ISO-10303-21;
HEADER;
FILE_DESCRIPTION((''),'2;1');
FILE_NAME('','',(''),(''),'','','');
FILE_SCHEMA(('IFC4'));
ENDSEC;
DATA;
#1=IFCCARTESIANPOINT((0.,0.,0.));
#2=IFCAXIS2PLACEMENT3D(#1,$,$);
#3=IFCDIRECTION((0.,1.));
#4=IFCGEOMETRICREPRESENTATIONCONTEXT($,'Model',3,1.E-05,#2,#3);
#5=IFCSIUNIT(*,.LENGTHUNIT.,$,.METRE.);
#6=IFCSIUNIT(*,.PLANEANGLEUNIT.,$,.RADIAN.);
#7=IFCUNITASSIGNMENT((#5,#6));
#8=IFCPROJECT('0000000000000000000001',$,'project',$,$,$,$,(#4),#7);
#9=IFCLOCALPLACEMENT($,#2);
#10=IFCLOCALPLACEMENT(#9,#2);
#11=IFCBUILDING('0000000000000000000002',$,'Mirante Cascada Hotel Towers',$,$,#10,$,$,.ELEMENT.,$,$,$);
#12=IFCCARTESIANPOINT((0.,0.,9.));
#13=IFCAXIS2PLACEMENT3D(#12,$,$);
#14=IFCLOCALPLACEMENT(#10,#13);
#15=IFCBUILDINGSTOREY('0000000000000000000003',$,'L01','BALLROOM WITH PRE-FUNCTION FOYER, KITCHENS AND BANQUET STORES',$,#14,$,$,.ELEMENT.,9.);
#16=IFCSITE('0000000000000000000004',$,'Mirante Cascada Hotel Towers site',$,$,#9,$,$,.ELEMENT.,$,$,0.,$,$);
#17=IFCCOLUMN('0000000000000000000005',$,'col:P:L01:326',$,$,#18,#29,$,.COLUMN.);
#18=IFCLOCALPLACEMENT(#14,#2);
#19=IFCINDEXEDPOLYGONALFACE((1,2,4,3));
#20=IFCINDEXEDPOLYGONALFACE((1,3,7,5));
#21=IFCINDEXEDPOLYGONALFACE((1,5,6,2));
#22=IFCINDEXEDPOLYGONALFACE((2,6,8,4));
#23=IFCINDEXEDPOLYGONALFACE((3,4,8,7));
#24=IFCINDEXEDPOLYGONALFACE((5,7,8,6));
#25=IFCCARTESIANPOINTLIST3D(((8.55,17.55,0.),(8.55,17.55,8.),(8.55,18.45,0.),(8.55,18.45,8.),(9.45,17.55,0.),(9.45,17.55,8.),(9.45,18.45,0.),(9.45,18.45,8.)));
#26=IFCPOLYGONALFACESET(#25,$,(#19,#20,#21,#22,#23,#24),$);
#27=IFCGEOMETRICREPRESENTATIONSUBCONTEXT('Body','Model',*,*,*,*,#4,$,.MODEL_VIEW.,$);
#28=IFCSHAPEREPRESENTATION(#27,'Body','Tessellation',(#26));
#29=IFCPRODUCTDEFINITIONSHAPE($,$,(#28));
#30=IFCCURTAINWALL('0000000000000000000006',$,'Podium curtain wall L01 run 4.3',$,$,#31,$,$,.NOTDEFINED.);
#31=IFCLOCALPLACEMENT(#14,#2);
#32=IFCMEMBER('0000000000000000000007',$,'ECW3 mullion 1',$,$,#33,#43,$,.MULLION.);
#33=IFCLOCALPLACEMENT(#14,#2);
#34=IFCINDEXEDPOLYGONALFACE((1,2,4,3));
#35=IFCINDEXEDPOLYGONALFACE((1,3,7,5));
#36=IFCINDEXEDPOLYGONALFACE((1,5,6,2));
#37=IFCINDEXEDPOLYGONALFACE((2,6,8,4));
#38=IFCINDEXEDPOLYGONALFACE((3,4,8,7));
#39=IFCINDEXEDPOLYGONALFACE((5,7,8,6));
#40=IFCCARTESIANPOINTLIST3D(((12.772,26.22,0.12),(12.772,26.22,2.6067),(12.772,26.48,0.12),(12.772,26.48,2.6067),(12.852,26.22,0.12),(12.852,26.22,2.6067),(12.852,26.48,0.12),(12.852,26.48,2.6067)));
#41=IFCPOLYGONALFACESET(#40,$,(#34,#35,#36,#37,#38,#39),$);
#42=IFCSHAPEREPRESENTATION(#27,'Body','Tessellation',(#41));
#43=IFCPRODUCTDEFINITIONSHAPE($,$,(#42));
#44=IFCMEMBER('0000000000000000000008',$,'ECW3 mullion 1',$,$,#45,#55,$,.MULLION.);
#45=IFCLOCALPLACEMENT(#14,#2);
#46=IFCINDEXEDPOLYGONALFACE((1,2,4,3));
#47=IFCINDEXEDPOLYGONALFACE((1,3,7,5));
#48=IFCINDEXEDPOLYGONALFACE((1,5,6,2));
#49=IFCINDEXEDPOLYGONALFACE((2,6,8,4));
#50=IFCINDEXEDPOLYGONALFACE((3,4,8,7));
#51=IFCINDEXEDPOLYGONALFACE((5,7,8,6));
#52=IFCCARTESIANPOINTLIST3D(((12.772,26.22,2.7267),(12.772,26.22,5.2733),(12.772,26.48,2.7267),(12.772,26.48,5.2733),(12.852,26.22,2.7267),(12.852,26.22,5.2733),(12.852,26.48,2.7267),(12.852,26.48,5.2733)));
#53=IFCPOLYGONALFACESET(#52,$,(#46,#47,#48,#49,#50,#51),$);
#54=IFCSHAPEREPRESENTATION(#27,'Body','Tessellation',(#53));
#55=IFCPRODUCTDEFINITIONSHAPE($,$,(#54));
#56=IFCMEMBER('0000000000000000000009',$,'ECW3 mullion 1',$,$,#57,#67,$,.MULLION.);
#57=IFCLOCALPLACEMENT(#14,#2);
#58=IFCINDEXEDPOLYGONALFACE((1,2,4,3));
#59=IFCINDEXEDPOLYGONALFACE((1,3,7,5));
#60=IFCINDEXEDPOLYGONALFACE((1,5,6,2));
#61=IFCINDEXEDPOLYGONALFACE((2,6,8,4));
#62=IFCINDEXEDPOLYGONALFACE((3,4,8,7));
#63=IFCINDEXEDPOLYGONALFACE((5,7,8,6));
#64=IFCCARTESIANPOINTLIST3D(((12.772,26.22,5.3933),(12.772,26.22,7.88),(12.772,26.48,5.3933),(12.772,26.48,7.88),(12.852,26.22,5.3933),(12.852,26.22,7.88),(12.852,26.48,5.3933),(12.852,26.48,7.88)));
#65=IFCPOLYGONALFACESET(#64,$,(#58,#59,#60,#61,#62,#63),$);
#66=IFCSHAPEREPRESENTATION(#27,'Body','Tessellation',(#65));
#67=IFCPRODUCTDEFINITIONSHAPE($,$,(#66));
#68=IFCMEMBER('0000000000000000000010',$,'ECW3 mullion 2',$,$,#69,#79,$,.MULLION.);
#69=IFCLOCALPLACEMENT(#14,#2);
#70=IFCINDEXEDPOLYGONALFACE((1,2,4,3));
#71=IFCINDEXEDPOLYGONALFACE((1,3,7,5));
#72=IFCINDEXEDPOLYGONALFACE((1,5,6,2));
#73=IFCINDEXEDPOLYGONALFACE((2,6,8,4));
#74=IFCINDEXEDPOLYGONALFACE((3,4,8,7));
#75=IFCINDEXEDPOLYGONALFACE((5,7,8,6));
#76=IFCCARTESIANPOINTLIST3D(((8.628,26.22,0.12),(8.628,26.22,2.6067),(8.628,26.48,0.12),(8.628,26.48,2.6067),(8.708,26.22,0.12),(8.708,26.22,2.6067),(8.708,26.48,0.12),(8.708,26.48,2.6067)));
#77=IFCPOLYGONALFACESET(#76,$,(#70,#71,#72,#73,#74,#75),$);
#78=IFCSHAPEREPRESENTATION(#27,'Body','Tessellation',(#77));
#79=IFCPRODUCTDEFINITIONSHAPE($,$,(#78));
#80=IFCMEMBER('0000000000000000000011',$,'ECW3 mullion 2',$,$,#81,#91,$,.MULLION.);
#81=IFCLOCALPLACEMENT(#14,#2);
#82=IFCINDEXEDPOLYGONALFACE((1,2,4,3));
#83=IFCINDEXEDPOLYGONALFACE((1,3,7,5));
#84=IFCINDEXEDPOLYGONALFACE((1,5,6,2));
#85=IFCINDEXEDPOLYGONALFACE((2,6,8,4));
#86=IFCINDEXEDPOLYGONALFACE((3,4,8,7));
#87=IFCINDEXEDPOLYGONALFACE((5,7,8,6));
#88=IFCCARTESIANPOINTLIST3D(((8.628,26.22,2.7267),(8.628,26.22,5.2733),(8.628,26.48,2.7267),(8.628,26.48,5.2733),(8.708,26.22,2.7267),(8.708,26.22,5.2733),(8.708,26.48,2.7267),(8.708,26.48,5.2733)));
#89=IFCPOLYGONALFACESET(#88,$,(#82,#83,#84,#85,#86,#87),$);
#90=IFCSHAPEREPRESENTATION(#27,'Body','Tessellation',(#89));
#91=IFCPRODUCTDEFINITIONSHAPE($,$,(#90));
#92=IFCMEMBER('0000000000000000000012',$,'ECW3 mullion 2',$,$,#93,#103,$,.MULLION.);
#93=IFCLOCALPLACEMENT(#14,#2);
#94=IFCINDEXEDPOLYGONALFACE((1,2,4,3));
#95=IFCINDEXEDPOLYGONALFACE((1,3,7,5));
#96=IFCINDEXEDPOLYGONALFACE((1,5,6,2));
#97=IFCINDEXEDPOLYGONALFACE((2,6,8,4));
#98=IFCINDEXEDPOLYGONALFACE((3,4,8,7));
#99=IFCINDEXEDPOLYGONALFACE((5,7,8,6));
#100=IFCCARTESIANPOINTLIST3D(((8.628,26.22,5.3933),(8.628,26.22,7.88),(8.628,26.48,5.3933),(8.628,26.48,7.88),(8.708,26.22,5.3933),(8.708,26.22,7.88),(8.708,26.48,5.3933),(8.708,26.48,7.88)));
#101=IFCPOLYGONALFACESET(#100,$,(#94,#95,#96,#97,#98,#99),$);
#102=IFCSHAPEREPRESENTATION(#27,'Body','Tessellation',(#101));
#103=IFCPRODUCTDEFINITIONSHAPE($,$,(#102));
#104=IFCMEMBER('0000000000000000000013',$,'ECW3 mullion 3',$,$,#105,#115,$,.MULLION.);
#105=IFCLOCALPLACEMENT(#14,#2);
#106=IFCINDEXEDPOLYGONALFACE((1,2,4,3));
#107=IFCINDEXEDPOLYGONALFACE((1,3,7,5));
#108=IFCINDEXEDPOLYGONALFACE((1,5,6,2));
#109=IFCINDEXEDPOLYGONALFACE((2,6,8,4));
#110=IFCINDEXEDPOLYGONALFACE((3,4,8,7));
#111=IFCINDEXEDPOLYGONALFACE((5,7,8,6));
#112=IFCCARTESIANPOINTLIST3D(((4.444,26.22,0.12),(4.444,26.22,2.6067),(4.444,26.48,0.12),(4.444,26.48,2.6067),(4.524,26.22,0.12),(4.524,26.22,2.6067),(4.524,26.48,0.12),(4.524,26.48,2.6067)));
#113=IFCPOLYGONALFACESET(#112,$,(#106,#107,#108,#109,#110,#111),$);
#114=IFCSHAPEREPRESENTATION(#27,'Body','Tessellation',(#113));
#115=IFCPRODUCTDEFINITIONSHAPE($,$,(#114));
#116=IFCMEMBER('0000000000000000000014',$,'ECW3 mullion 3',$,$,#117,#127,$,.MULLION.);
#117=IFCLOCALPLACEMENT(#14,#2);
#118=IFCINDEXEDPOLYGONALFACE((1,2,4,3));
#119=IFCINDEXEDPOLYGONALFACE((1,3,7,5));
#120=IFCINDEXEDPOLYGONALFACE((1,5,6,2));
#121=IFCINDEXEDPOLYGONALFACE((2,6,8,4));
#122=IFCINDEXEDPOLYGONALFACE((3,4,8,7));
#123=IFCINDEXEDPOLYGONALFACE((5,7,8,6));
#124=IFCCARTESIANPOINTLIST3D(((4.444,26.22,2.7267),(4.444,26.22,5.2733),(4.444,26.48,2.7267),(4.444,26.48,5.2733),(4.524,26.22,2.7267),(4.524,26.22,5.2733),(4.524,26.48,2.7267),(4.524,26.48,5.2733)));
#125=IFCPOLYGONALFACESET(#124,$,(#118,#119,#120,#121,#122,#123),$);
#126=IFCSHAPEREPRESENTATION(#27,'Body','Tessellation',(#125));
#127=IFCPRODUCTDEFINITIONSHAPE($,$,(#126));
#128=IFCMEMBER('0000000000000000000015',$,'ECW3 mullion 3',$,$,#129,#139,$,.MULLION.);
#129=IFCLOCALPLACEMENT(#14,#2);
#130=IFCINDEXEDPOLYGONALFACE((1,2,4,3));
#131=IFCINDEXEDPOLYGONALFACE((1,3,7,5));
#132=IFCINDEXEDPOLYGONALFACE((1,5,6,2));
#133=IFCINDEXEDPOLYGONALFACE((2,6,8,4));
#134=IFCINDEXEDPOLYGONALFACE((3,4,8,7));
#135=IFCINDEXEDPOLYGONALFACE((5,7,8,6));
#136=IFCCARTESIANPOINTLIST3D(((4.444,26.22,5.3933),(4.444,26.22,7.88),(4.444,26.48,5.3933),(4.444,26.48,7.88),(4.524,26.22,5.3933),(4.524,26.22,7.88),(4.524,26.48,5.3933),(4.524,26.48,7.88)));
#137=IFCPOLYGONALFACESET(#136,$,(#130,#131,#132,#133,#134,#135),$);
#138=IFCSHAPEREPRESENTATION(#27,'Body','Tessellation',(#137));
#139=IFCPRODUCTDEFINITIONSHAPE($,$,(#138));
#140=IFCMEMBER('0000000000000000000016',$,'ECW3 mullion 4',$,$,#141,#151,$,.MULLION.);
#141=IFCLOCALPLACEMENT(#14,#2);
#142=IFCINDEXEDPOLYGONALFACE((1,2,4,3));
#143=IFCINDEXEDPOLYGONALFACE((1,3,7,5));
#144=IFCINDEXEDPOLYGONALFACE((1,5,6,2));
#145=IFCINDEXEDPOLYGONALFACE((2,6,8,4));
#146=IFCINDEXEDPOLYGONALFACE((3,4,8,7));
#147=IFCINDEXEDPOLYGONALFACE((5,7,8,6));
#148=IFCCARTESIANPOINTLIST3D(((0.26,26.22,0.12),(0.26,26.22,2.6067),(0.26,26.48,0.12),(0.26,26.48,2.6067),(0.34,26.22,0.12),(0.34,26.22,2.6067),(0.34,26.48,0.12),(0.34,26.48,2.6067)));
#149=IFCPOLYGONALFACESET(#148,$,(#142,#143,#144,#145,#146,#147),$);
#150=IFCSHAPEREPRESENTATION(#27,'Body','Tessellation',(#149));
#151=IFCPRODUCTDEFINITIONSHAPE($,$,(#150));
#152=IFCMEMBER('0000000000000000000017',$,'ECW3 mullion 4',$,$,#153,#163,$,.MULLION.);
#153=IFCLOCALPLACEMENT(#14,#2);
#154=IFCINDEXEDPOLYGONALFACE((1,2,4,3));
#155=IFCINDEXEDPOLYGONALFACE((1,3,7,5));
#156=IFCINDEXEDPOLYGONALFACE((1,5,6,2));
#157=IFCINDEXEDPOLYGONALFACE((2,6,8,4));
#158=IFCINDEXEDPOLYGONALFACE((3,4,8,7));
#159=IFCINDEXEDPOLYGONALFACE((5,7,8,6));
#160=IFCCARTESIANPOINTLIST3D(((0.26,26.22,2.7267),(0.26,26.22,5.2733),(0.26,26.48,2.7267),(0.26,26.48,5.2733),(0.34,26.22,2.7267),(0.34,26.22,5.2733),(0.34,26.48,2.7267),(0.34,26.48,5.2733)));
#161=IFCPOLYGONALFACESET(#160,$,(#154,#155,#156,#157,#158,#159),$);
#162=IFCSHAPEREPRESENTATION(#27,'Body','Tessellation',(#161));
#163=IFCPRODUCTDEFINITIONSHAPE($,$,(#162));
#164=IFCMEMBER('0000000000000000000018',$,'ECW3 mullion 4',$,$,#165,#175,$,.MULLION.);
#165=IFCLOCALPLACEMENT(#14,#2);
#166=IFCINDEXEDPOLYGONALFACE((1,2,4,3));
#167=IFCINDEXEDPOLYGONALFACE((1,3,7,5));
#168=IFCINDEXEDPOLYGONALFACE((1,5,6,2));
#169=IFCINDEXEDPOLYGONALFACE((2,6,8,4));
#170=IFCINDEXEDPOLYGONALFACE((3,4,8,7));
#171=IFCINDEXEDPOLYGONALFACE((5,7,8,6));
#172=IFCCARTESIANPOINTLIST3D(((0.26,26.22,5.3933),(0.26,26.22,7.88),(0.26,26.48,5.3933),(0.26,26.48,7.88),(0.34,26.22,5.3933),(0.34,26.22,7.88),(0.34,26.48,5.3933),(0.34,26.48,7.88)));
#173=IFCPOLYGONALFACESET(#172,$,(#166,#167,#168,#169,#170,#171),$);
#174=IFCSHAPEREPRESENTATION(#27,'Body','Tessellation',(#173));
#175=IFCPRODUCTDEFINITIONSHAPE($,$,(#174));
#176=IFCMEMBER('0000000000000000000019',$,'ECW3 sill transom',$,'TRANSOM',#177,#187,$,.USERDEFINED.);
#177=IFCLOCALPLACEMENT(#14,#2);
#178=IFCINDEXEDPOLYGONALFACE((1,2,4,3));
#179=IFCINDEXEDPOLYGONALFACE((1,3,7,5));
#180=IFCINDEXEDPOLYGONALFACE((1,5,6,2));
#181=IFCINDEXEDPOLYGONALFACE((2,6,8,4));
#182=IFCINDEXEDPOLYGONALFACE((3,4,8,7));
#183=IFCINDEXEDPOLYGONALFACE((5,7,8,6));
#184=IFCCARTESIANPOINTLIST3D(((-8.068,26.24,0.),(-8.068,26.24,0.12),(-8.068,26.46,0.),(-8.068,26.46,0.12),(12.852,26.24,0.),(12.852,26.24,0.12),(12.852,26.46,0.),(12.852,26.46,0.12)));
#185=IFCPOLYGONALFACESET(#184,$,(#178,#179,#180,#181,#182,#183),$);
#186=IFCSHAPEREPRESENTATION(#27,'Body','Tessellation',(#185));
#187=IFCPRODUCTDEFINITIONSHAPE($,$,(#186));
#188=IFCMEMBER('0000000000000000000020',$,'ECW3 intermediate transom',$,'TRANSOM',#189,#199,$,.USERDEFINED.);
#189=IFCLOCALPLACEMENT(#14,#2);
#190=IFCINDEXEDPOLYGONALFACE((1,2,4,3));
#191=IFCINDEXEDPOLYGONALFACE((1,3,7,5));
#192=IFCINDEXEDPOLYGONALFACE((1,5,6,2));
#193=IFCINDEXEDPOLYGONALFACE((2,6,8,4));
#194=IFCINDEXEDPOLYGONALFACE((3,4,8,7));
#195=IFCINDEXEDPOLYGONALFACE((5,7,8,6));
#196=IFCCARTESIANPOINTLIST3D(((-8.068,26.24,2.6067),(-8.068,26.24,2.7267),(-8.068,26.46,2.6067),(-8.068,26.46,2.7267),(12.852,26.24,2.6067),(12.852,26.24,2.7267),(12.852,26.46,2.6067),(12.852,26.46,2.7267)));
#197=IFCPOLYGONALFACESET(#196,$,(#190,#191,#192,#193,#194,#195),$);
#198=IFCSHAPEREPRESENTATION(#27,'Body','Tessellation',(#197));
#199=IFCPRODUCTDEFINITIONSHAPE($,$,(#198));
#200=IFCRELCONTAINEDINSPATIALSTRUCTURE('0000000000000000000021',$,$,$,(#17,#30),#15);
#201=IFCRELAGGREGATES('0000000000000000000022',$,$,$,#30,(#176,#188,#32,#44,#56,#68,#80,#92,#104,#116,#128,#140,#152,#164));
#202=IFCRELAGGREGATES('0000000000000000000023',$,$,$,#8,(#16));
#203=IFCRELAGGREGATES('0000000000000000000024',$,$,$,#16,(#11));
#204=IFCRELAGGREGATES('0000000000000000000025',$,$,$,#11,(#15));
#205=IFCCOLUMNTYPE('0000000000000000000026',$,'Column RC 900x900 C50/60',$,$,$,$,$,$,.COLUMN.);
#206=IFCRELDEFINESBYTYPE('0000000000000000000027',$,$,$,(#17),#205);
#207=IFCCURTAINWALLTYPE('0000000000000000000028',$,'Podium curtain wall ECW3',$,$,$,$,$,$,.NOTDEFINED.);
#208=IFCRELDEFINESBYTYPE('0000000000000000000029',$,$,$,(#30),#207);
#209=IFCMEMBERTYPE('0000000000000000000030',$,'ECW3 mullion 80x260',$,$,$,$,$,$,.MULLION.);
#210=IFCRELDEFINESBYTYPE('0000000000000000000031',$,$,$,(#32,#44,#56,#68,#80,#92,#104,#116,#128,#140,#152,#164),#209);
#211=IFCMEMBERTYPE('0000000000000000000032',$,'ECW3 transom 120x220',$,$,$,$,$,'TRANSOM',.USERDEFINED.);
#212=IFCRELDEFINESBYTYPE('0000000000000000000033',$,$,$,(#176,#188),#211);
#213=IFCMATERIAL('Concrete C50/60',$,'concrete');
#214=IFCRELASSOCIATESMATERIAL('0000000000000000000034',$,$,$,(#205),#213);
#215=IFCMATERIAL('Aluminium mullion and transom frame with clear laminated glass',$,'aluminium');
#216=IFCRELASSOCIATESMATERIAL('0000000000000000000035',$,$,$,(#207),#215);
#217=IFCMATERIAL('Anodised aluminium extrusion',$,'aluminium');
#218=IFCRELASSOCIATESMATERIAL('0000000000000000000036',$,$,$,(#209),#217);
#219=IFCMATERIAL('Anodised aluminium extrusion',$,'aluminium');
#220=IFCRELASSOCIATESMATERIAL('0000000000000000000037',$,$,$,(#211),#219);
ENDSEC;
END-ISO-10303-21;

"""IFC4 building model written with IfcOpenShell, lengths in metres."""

from ifc_helpers import new_model, si_unit, direction, frame, origin, origin_2d, place, context, subcontext, project, spatial, rectangle, extrude, material, material_profile, profile_set, type_object, element, aggregate, save


model = new_model("IFC4")

# Units and contexts
model_context = context("Model", 3, precision=1e-05, world=origin(), true_north=direction((0.0, 1.0)))
body_context = subcontext(model_context, "Body", "Model", "MODEL_VIEW")
ifc_project = project(units=[si_unit("LENGTHUNIT", "METRE"), si_unit("PLANEANGLEUNIT", "RADIAN")], contexts=[model_context])

# Site, building, storey
site_placement = place(None, origin())
site = spatial("IfcSite", under=ifc_project, at=site_placement, Name="Mirante Cascada Hotel Towers site", CompositionType="ELEMENT", RefElevation=0.0)
building_placement = place(site_placement, origin())
building = spatial("IfcBuilding", under=site, at=building_placement, Name="Mirante Cascada Hotel Towers", CompositionType="ELEMENT")
storey_placement = place(building_placement, frame((0.0, 0.0, 9.0)))
storey = spatial("IfcBuildingStorey", under=building, at=storey_placement, Name="L01", Description="BALLROOM WITH PRE-FUNCTION FOYER, KITCHENS AND BANQUET STORES", CompositionType="ELEMENT", Elevation=9.0)

# Column
ifc_material_1 = material(Name="Concrete C50/60", Category="concrete")
ifc_material_profile_1 = material_profile(ifc_material_1, rectangle(XDim=0.9, YDim=0.9, at=origin_2d()), Name="RC 900x900")
ifc_profile_set_1 = profile_set([ifc_material_profile_1], Name="Concrete C50/60")
column_type = type_object("IfcColumnType", Name="Column RC 900x900 C50/60", PredefinedType="COLUMN", material=ifc_profile_set_1)
column_placement = place(storey_placement, frame((9.0, 18.0, 0.0), z_axis=(0.0, 0.0, 1.0), x_axis=(1.0, 0.0, 0.0)))
element("IfcColumn", 1, at=column_placement, inside=storey, type_object=column_type, Name="col:P:L01:326", PredefinedType="COLUMN", context=body_context, shape_type="SweptSolid", body=[
    extrude(rectangle(XDim=0.9, YDim=0.9, at=origin_2d()), origin(), (0.0, 0.0, 1.0), 8.0),
])

# Curtain wall, members
ifc_material_2 = material(Name="Aluminium mullion and transom frame with clear laminated glass", Category="aluminium")
curtain_wall_type = type_object("IfcCurtainWallType", Name="Podium curtain wall ECW3", PredefinedType="NOTDEFINED", material=ifc_material_2)
curtain_wall_placement = place(storey_placement, origin())
curtain_wall = element("IfcCurtainWall", 2, at=curtain_wall_placement, inside=storey, type_object=curtain_wall_type, Name="Podium curtain wall L01 run 4.3", PredefinedType="NOTDEFINED")
ifc_material_3 = material(Name="Anodised aluminium extrusion", Category="aluminium")
ifc_material_profile_2 = material_profile(ifc_material_3, rectangle(XDim=0.26, YDim=0.08, at=origin_2d()), Name="ECW3 MULLION 80x260")
ifc_profile_set_2 = profile_set([ifc_material_profile_2], Name="Anodised aluminium extrusion")
member_type_1 = type_object("IfcMemberType", Name="ECW3 mullion 80x260", PredefinedType="MULLION", material=ifc_profile_set_2)
member_1_placement = place(storey_placement, frame((12.812, 26.35, 0.12), z_axis=(0.0, 0.0, 1.0), x_axis=(0.0, -1.0, 0.0)))
member_1 = element("IfcMember", 3, at=member_1_placement, type_object=member_type_1, Name="ECW3 mullion 1", PredefinedType="MULLION", context=body_context, shape_type="SweptSolid", body=[
    extrude(rectangle(XDim=0.26, YDim=0.08, at=origin_2d()), origin(), (0.0, 0.0, 1.0), 2.4867),
])
member_2_placement = place(storey_placement, frame((12.812, 26.35, 2.7267), z_axis=(0.0, 0.0, 1.0), x_axis=(0.0, -1.0, 0.0)))
member_2 = element("IfcMember", 4, at=member_2_placement, type_object=member_type_1, Name="ECW3 mullion 1", PredefinedType="MULLION", context=body_context, shape_type="SweptSolid", body=[
    extrude(rectangle(XDim=0.26, YDim=0.08, at=origin_2d()), origin(), (0.0, 0.0, 1.0), 2.5466),
])
member_3_placement = place(storey_placement, frame((12.812, 26.35, 5.3933), z_axis=(0.0, 0.0, 1.0), x_axis=(0.0, -1.0, 0.0)))
member_3 = element("IfcMember", 5, at=member_3_placement, type_object=member_type_1, Name="ECW3 mullion 1", PredefinedType="MULLION", context=body_context, shape_type="SweptSolid", body=[
    extrude(rectangle(XDim=0.26, YDim=0.08, at=origin_2d()), origin(), (0.0, 0.0, 1.0), 2.4867),
])
member_4_placement = place(storey_placement, frame((8.668, 26.35, 0.12), z_axis=(0.0, 0.0, 1.0), x_axis=(0.0, -1.0, 0.0)))
member_4 = element("IfcMember", 6, at=member_4_placement, type_object=member_type_1, Name="ECW3 mullion 2", PredefinedType="MULLION", context=body_context, shape_type="SweptSolid", body=[
    extrude(rectangle(XDim=0.26, YDim=0.08, at=origin_2d()), origin(), (0.0, 0.0, 1.0), 2.4867),
])
member_5_placement = place(storey_placement, frame((8.668, 26.35, 2.7267), z_axis=(0.0, 0.0, 1.0), x_axis=(0.0, -1.0, 0.0)))
member_5 = element("IfcMember", 7, at=member_5_placement, type_object=member_type_1, Name="ECW3 mullion 2", PredefinedType="MULLION", context=body_context, shape_type="SweptSolid", body=[
    extrude(rectangle(XDim=0.26, YDim=0.08, at=origin_2d()), origin(), (0.0, 0.0, 1.0), 2.5466),
])
member_6_placement = place(storey_placement, frame((8.668, 26.35, 5.3933), z_axis=(0.0, 0.0, 1.0), x_axis=(0.0, -1.0, 0.0)))
member_6 = element("IfcMember", 8, at=member_6_placement, type_object=member_type_1, Name="ECW3 mullion 2", PredefinedType="MULLION", context=body_context, shape_type="SweptSolid", body=[
    extrude(rectangle(XDim=0.26, YDim=0.08, at=origin_2d()), origin(), (0.0, 0.0, 1.0), 2.4867),
])
member_7_placement = place(storey_placement, frame((4.484, 26.35, 0.12), z_axis=(0.0, 0.0, 1.0), x_axis=(0.0, -1.0, 0.0)))
member_7 = element("IfcMember", 9, at=member_7_placement, type_object=member_type_1, Name="ECW3 mullion 3", PredefinedType="MULLION", context=body_context, shape_type="SweptSolid", body=[
    extrude(rectangle(XDim=0.26, YDim=0.08, at=origin_2d()), origin(), (0.0, 0.0, 1.0), 2.4867),
])
member_8_placement = place(storey_placement, frame((4.484, 26.35, 2.7267), z_axis=(0.0, 0.0, 1.0), x_axis=(0.0, -1.0, 0.0)))
member_8 = element("IfcMember", 10, at=member_8_placement, type_object=member_type_1, Name="ECW3 mullion 3", PredefinedType="MULLION", context=body_context, shape_type="SweptSolid", body=[
    extrude(rectangle(XDim=0.26, YDim=0.08, at=origin_2d()), origin(), (0.0, 0.0, 1.0), 2.5466),
])
member_9_placement = place(storey_placement, frame((4.484, 26.35, 5.3933), z_axis=(0.0, 0.0, 1.0), x_axis=(0.0, -1.0, 0.0)))
member_9 = element("IfcMember", 11, at=member_9_placement, type_object=member_type_1, Name="ECW3 mullion 3", PredefinedType="MULLION", context=body_context, shape_type="SweptSolid", body=[
    extrude(rectangle(XDim=0.26, YDim=0.08, at=origin_2d()), origin(), (0.0, 0.0, 1.0), 2.4867),
])
member_10_placement = place(storey_placement, frame((0.3, 26.35, 0.12), z_axis=(0.0, 0.0, 1.0), x_axis=(0.0, -1.0, 0.0)))
member_10 = element("IfcMember", 12, at=member_10_placement, type_object=member_type_1, Name="ECW3 mullion 4", PredefinedType="MULLION", context=body_context, shape_type="SweptSolid", body=[
    extrude(rectangle(XDim=0.26, YDim=0.08, at=origin_2d()), origin(), (0.0, 0.0, 1.0), 2.4867),
])
member_11_placement = place(storey_placement, frame((0.3, 26.35, 2.7267), z_axis=(0.0, 0.0, 1.0), x_axis=(0.0, -1.0, 0.0)))
member_11 = element("IfcMember", 13, at=member_11_placement, type_object=member_type_1, Name="ECW3 mullion 4", PredefinedType="MULLION", context=body_context, shape_type="SweptSolid", body=[
    extrude(rectangle(XDim=0.26, YDim=0.08, at=origin_2d()), origin(), (0.0, 0.0, 1.0), 2.5466),
])
member_12_placement = place(storey_placement, frame((0.3, 26.35, 5.3933), z_axis=(0.0, 0.0, 1.0), x_axis=(0.0, -1.0, 0.0)))
member_12 = element("IfcMember", 14, at=member_12_placement, type_object=member_type_1, Name="ECW3 mullion 4", PredefinedType="MULLION", context=body_context, shape_type="SweptSolid", body=[
    extrude(rectangle(XDim=0.26, YDim=0.08, at=origin_2d()), origin(), (0.0, 0.0, 1.0), 2.4867),
])
ifc_material_4 = material(Name="Anodised aluminium extrusion", Category="aluminium")
ifc_material_profile_3 = material_profile(ifc_material_4, rectangle(XDim=0.22, YDim=0.12, at=origin_2d()), Name="ECW3 TRANSOM 120x220")
ifc_profile_set_3 = profile_set([ifc_material_profile_3], Name="Anodised aluminium extrusion")
member_type_2 = type_object("IfcMemberType", Name="ECW3 transom 120x220", ElementType="TRANSOM", PredefinedType="USERDEFINED", material=ifc_profile_set_3)
member_13_placement = place(storey_placement, frame((12.852, 26.35, 0.06), z_axis=(-1.0, 0.0, 0.0), x_axis=(0.0, -1.0, 0.0)))
member_13 = element("IfcMember", 15, at=member_13_placement, type_object=member_type_2, Name="ECW3 sill transom", ObjectType="TRANSOM", PredefinedType="USERDEFINED", context=body_context, shape_type="SweptSolid", body=[
    extrude(rectangle(XDim=0.22, YDim=0.12, at=origin_2d()), origin(), (0.0, 0.0, 1.0), 20.92),
])
member_14_placement = place(storey_placement, frame((12.852, 26.35, 2.6667), z_axis=(-1.0, 0.0, 0.0), x_axis=(0.0, -1.0, 0.0)))
member_14 = element("IfcMember", 16, at=member_14_placement, type_object=member_type_2, Name="ECW3 intermediate transom", ObjectType="TRANSOM", PredefinedType="USERDEFINED", context=body_context, shape_type="SweptSolid", body=[
    extrude(rectangle(XDim=0.22, YDim=0.12, at=origin_2d()), origin(), (0.0, 0.0, 1.0), 20.92),
])
aggregate(curtain_wall, [member_13, member_14, member_1, member_2, member_3, member_4, member_5, member_6, member_7, member_8, member_9, member_10, member_11, member_12])

save(model, "model.ifc")
